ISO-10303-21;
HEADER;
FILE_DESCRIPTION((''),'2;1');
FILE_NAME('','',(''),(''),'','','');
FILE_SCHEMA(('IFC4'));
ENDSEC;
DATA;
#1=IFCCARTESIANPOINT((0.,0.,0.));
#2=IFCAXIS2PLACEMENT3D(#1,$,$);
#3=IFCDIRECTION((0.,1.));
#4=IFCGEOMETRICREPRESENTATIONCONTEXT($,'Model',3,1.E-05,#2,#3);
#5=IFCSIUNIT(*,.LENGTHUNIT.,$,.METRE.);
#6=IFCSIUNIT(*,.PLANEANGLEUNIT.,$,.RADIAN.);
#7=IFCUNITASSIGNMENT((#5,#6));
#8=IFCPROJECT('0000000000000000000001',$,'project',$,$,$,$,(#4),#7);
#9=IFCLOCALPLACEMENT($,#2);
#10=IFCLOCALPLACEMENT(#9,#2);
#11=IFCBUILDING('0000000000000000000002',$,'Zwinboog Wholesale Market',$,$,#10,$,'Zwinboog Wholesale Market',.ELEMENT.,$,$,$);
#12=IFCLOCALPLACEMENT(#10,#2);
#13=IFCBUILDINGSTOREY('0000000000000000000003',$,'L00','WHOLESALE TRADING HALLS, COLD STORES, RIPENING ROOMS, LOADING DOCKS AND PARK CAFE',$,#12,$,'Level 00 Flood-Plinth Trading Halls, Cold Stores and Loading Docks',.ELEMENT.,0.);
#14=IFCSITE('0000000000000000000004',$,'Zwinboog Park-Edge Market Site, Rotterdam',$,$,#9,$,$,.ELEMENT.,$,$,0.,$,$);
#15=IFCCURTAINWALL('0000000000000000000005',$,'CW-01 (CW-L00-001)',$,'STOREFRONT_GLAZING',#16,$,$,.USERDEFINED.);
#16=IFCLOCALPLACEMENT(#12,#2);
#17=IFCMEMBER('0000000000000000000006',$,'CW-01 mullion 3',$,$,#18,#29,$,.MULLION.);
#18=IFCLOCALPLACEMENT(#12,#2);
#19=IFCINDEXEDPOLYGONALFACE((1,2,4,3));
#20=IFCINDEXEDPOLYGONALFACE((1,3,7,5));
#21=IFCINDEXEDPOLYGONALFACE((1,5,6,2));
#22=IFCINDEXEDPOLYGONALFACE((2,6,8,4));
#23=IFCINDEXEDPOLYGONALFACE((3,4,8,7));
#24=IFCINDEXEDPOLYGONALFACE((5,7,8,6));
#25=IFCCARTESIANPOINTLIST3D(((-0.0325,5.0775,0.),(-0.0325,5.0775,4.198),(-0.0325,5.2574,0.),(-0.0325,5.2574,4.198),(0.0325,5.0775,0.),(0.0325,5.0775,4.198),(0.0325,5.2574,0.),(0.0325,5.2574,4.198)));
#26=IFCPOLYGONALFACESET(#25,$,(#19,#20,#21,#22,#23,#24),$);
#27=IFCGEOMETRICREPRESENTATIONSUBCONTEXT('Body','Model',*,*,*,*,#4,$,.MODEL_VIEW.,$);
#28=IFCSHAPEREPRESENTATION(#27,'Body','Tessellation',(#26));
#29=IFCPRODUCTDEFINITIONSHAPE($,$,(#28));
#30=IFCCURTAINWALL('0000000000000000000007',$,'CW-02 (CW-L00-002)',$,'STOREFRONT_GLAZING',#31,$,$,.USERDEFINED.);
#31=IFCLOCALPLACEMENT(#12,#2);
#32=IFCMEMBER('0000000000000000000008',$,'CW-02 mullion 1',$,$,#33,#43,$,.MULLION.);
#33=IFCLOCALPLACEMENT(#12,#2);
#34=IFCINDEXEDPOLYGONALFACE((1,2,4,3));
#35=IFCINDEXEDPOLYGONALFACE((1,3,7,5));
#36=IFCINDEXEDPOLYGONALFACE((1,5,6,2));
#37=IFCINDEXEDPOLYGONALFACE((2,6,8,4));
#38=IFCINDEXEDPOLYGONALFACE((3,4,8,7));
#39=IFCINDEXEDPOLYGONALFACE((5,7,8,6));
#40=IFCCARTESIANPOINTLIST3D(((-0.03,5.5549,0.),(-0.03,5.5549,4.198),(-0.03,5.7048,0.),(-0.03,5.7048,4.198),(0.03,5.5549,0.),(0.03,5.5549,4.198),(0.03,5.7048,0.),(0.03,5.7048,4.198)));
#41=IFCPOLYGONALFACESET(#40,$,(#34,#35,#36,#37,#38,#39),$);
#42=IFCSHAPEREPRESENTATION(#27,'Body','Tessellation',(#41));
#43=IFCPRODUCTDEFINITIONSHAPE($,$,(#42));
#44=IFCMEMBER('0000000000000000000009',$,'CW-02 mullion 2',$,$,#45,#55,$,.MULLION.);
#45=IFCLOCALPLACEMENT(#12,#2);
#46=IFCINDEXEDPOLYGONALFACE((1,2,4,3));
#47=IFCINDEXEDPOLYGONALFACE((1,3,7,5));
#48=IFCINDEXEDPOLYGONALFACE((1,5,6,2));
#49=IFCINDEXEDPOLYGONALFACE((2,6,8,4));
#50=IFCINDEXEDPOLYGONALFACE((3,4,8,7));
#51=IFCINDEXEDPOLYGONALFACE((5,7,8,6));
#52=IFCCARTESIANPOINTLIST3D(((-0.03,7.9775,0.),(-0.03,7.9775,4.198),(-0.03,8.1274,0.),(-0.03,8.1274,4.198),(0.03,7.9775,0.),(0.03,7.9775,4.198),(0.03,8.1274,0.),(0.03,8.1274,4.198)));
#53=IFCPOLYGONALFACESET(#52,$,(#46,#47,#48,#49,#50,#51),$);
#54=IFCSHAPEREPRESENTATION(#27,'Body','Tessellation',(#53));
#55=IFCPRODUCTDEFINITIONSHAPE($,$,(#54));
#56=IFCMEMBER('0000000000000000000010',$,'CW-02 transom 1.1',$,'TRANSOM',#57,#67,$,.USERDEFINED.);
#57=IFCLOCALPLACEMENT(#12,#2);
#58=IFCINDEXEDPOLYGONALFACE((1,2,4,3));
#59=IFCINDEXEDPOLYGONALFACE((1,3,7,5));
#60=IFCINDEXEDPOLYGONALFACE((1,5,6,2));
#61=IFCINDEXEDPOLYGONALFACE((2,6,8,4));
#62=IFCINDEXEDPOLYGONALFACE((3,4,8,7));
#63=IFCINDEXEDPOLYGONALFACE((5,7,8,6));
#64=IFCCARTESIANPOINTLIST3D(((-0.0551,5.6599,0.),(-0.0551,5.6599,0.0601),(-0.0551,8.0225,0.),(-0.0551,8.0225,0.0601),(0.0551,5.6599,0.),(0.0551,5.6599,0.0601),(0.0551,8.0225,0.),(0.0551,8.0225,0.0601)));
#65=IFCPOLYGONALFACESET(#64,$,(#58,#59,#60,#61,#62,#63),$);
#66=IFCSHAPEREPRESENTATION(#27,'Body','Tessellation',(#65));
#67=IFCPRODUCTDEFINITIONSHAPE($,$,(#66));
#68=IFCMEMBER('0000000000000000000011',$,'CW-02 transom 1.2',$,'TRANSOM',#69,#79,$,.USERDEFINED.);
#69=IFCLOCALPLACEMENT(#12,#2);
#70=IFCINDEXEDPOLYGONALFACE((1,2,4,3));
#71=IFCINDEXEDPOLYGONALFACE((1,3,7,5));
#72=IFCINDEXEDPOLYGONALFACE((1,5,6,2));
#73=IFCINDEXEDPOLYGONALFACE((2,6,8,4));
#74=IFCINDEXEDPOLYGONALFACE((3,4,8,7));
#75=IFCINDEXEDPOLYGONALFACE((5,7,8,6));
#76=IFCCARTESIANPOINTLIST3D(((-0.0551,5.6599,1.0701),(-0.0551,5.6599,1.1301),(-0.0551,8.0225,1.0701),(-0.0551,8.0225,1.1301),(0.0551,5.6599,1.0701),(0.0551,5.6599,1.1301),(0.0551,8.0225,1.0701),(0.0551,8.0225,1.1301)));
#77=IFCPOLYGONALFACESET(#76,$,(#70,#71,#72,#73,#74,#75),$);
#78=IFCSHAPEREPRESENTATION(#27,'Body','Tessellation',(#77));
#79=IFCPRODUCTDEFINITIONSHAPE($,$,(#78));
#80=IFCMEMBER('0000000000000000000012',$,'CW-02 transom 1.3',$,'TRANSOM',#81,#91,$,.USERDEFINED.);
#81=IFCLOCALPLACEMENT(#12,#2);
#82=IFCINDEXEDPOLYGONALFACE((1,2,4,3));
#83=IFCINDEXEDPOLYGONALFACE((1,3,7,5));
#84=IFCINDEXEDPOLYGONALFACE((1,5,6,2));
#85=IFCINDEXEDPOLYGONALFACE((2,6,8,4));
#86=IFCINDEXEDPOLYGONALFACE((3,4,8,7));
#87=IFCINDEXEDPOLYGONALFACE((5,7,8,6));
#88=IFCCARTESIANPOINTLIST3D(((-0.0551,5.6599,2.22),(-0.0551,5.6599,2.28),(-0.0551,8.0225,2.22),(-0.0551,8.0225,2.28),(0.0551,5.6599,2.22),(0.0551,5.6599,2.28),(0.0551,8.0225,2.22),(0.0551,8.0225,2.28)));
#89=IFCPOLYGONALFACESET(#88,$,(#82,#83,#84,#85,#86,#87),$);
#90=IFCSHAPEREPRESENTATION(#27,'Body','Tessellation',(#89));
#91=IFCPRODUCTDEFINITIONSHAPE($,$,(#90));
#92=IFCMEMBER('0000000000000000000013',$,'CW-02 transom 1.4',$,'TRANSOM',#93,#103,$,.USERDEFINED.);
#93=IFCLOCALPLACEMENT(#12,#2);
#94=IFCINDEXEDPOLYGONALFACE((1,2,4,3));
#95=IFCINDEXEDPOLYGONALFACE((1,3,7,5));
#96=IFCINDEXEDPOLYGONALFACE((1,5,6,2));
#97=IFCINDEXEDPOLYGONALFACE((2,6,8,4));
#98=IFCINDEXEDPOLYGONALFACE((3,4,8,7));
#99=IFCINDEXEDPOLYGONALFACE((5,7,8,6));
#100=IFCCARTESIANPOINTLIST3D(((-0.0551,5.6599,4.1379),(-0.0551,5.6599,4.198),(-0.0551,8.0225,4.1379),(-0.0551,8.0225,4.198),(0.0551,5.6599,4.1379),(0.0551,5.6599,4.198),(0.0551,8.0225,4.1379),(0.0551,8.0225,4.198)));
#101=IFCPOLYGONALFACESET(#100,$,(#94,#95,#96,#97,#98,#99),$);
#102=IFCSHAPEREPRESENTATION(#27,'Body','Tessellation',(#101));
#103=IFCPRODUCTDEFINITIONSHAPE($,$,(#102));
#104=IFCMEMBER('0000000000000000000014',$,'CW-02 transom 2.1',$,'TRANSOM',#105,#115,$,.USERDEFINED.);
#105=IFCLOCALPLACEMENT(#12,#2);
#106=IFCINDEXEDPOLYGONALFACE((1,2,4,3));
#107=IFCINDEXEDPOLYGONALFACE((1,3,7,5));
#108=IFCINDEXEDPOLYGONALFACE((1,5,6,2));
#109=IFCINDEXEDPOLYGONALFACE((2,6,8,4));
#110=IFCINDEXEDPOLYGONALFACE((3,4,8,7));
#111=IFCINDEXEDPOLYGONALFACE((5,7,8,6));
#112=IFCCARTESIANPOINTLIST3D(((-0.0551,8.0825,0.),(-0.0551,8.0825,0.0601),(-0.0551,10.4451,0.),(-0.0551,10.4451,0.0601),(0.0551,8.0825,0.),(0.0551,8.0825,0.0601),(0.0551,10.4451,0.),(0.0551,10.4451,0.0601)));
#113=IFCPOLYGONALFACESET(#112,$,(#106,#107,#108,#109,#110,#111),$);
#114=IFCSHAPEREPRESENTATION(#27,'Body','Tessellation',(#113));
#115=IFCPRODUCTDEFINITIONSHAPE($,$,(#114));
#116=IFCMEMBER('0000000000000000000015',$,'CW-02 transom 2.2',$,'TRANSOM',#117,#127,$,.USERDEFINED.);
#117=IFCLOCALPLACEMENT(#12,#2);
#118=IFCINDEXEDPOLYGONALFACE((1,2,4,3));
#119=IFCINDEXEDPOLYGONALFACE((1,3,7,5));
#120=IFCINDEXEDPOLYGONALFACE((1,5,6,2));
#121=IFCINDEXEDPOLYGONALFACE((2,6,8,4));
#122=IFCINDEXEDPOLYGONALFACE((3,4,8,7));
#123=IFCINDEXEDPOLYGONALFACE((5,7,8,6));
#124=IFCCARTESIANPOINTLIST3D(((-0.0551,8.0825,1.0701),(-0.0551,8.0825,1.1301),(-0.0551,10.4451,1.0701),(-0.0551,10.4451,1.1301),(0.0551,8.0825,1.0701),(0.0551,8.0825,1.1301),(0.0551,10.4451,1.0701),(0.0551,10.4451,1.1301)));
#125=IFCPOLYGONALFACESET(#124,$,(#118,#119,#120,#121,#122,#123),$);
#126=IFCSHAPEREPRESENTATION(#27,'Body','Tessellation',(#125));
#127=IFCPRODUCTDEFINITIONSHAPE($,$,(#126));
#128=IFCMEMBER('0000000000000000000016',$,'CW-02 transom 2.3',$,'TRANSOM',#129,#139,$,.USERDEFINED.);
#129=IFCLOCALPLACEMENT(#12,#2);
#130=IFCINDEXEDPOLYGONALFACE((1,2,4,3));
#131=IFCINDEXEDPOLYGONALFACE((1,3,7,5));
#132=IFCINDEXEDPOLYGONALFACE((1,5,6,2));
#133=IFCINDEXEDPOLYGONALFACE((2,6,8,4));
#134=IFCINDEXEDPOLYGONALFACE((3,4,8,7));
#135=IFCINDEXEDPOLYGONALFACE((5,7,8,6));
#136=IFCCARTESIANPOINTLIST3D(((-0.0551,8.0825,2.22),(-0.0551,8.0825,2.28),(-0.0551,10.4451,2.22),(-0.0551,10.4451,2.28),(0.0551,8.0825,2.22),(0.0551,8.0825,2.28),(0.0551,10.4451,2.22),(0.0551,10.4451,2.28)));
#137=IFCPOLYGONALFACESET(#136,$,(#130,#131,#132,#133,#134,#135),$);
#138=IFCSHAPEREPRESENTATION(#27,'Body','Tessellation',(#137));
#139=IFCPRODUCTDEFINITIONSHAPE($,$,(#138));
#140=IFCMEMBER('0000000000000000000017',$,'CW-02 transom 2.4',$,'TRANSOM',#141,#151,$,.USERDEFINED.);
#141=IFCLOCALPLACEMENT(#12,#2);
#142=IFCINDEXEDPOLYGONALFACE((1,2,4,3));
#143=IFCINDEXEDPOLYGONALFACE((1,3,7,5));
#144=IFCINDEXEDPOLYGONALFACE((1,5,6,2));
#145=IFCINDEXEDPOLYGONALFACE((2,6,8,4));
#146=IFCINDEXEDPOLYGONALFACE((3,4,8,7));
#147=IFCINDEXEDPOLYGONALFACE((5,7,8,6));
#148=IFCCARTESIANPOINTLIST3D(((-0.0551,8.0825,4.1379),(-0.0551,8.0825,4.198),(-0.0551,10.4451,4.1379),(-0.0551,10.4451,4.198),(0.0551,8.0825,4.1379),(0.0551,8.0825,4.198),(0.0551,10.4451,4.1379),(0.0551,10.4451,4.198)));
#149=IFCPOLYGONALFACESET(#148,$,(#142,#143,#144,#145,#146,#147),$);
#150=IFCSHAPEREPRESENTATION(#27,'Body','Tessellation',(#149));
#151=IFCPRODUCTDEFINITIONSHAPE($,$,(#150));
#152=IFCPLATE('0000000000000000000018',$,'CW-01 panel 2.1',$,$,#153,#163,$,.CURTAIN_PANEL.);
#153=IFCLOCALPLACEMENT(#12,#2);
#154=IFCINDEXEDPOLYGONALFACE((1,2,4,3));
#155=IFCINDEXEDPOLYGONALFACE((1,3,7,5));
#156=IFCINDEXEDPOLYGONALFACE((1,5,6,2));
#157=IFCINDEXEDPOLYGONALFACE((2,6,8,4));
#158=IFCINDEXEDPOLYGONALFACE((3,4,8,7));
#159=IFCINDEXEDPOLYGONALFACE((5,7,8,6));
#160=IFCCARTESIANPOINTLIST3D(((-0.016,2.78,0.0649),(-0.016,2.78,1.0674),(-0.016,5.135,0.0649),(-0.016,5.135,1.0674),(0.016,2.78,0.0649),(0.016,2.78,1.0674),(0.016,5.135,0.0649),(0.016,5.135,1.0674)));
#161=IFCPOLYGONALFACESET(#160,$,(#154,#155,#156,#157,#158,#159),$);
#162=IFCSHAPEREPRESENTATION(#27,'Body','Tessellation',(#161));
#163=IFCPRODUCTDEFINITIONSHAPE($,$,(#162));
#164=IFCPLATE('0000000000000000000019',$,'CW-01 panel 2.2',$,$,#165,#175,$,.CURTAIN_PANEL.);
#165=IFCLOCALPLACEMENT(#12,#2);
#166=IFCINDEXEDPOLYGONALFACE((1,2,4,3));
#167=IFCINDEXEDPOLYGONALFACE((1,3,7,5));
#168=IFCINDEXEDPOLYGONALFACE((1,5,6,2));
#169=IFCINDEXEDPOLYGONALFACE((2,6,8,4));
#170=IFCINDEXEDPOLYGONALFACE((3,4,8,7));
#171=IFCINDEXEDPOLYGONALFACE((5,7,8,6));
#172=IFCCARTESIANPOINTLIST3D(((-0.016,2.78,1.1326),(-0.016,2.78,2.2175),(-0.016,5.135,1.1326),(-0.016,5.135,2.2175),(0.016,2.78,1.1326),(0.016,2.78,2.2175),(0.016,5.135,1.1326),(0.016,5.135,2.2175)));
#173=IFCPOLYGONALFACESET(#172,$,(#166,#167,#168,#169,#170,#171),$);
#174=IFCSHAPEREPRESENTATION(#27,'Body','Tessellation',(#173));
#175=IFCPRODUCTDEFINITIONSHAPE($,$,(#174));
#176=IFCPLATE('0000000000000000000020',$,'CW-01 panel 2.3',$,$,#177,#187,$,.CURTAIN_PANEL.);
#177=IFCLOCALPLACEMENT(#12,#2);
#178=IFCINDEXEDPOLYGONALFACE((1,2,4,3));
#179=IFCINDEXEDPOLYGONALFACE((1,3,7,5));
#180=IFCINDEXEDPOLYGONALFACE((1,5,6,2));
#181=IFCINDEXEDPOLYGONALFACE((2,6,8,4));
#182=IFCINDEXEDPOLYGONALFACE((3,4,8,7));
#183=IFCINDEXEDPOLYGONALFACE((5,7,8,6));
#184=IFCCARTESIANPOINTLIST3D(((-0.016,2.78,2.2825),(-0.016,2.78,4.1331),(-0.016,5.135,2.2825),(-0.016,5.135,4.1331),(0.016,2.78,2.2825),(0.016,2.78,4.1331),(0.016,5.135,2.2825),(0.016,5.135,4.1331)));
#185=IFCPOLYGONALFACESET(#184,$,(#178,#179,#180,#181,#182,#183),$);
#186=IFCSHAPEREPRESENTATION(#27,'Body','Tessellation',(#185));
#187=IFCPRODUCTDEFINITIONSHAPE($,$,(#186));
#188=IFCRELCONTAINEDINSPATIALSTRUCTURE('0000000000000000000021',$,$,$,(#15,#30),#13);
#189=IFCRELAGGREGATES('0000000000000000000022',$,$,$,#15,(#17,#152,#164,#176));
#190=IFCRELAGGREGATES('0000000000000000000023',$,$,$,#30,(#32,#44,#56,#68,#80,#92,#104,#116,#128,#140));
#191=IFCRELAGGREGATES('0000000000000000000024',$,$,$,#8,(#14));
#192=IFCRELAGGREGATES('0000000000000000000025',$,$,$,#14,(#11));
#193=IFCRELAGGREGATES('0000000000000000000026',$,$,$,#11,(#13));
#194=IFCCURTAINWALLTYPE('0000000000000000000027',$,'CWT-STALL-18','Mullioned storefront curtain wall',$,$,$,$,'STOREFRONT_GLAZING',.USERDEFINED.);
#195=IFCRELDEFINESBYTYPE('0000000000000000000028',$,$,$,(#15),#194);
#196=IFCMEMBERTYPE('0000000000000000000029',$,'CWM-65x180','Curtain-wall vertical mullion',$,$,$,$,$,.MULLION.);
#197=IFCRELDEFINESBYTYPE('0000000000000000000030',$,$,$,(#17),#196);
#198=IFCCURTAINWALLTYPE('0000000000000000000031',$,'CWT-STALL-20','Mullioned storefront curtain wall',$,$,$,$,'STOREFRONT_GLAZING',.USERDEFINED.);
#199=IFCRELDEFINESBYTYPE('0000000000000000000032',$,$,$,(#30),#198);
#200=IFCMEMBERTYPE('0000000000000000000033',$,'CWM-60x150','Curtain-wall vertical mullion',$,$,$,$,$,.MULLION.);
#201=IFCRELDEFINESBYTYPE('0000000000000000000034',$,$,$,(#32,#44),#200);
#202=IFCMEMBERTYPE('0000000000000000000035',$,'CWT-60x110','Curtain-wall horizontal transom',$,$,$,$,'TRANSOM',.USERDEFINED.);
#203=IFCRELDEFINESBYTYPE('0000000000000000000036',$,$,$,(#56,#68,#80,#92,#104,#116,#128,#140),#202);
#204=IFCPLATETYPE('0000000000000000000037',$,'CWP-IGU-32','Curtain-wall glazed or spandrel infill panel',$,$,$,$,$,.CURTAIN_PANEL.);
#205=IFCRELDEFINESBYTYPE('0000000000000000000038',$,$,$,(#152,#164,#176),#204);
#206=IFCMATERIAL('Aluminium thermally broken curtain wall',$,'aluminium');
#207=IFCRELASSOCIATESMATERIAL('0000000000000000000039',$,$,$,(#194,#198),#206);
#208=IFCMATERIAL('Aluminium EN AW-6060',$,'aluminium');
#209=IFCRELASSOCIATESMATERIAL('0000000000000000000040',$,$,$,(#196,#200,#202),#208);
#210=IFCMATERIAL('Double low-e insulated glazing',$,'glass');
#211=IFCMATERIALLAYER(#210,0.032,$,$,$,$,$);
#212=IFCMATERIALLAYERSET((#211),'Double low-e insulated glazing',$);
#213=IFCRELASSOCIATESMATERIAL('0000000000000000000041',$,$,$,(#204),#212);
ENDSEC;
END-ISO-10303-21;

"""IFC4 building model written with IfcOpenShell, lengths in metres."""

from ifc_helpers import new_model, si_unit, direction, frame, origin, origin_2d, place, context, subcontext, project, spatial, rectangle, extrude, material, layer, layer_set, material_profile, profile_set, type_object, element, aggregate, save


model = new_model("IFC4")

# Units and contexts
model_context = context("Model", 3, precision=1e-05, world=origin(), true_north=direction((0.0, 1.0)))
body_context = subcontext(model_context, "Body", "Model", "MODEL_VIEW")
ifc_project = project(units=[si_unit("LENGTHUNIT", "METRE"), si_unit("PLANEANGLEUNIT", "RADIAN")], contexts=[model_context])

# Site, building, storey
site_placement = place(None, origin())
site = spatial("IfcSite", under=ifc_project, at=site_placement, Name="Zwinboog Park-Edge Market Site, Rotterdam", CompositionType="ELEMENT", RefElevation=0.0)
building_placement = place(site_placement, origin())
building = spatial("IfcBuilding", under=site, at=building_placement, Name="Zwinboog Wholesale Market", LongName="Zwinboog Wholesale Market", CompositionType="ELEMENT")
storey_placement = place(building_placement, origin())
storey = spatial("IfcBuildingStorey", under=building, at=storey_placement, Name="L00", Description="WHOLESALE TRADING HALLS, COLD STORES, RIPENING ROOMS, LOADING DOCKS AND PARK CAFE", LongName="Level 00 Flood-Plinth Trading Halls, Cold Stores and Loading Docks", CompositionType="ELEMENT", Elevation=0.0)

# Curtain wall, member
ifc_material_1 = material(Name="Aluminium thermally broken curtain wall", Category="aluminium")
curtain_wall_type_1 = type_object("IfcCurtainWallType", Name="CWT-STALL-18", Description="Mullioned storefront curtain wall", ElementType="STOREFRONT_GLAZING", PredefinedType="USERDEFINED", material=ifc_material_1)
curtain_wall_1_placement = place(storey_placement, origin())
curtain_wall_1 = element("IfcCurtainWall", 1, at=curtain_wall_1_placement, inside=storey, type_object=curtain_wall_type_1, Name="CW-01 (CW-L00-001)", ObjectType="STOREFRONT_GLAZING", PredefinedType="USERDEFINED")
ifc_material_2 = material(Name="Aluminium EN AW-6060", Category="aluminium")
ifc_material_profile_1 = material_profile(ifc_material_2, rectangle(XDim=0.0649, YDim=0.1799, at=origin_2d()), Name="AL 65x180")
ifc_profile_set_1 = profile_set([ifc_material_profile_1], Name="Aluminium EN AW-6060")
member_type_1 = type_object("IfcMemberType", Name="CWM-65x180", Description="Curtain-wall vertical mullion", PredefinedType="MULLION", material=ifc_profile_set_1)
member_1_placement = place(storey_placement, frame((0.0, 5.1675, 0.0), z_axis=(0.0, 0.0, 1.0), x_axis=(-1.0, 0.0, 0.0)))
member_1 = element("IfcMember", 2, at=member_1_placement, type_object=member_type_1, Name="CW-01 mullion 3", PredefinedType="MULLION", context=body_context, shape_type="SweptSolid", body=[
    extrude(rectangle(XDim=0.0649, YDim=0.1799, at=origin_2d()), origin(), (0.0, 0.0, 1.0), 4.198),
])

# Curtain wall, members
curtain_wall_type_2 = type_object("IfcCurtainWallType", Name="CWT-STALL-20", Description="Mullioned storefront curtain wall", ElementType="STOREFRONT_GLAZING", PredefinedType="USERDEFINED", material=ifc_material_1)
curtain_wall_2_placement = place(storey_placement, origin())
curtain_wall_2 = element("IfcCurtainWall", 3, at=curtain_wall_2_placement, inside=storey, type_object=curtain_wall_type_2, Name="CW-02 (CW-L00-002)", ObjectType="STOREFRONT_GLAZING", PredefinedType="USERDEFINED")
ifc_material_profile_2 = material_profile(ifc_material_2, rectangle(XDim=0.0601, YDim=0.1499, at=origin_2d()), Name="AL 60x150")
ifc_profile_set_2 = profile_set([ifc_material_profile_2], Name="Aluminium EN AW-6060")
member_type_2 = type_object("IfcMemberType", Name="CWM-60x150", Description="Curtain-wall vertical mullion", PredefinedType="MULLION", material=ifc_profile_set_2)
member_2_placement = place(storey_placement, frame((0.0, 5.6299, 0.0), z_axis=(0.0, 0.0, 1.0), x_axis=(-1.0, 0.0, 0.0)))
member_2 = element("IfcMember", 4, at=member_2_placement, type_object=member_type_2, Name="CW-02 mullion 1", PredefinedType="MULLION", context=body_context, shape_type="SweptSolid", body=[
    extrude(rectangle(XDim=0.0601, YDim=0.1499, at=origin_2d()), origin(), (0.0, 0.0, 1.0), 4.198),
])
member_3_placement = place(storey_placement, frame((0.0, 8.0525, 0.0), z_axis=(0.0, 0.0, 1.0), x_axis=(-1.0, 0.0, 0.0)))
member_3 = element("IfcMember", 5, at=member_3_placement, type_object=member_type_2, Name="CW-02 mullion 2", PredefinedType="MULLION", context=body_context, shape_type="SweptSolid", body=[
    extrude(rectangle(XDim=0.0601, YDim=0.1499, at=origin_2d()), origin(), (0.0, 0.0, 1.0), 4.198),
])
ifc_material_profile_3 = material_profile(ifc_material_2, rectangle(XDim=0.1101, YDim=0.0601, at=origin_2d()), Name="AL 60x110")
ifc_profile_set_3 = profile_set([ifc_material_profile_3], Name="Aluminium EN AW-6060")
member_type_3 = type_object("IfcMemberType", Name="CWT-60x110", Description="Curtain-wall horizontal transom", ElementType="TRANSOM", PredefinedType="USERDEFINED", material=ifc_profile_set_3)
member_4_placement = place(storey_placement, frame((0.0, 5.6599, 0.03), z_axis=(0.0, 1.0, 0.0), x_axis=(-1.0, 0.0, 0.0)))
member_4 = element("IfcMember", 6, at=member_4_placement, type_object=member_type_3, Name="CW-02 transom 1.1", ObjectType="TRANSOM", PredefinedType="USERDEFINED", context=body_context, shape_type="SweptSolid", body=[
    extrude(rectangle(XDim=0.1101, YDim=0.0601, at=origin_2d()), origin(), (0.0, 0.0, 1.0), 2.3625),
])
member_5_placement = place(storey_placement, frame((0.0, 5.6599, 1.1001), z_axis=(0.0, 1.0, 0.0), x_axis=(-1.0, 0.0, 0.0)))
member_5 = element("IfcMember", 7, at=member_5_placement, type_object=member_type_3, Name="CW-02 transom 1.2", ObjectType="TRANSOM", PredefinedType="USERDEFINED", context=body_context, shape_type="SweptSolid", body=[
    extrude(rectangle(XDim=0.1101, YDim=0.0601, at=origin_2d()), origin(), (0.0, 0.0, 1.0), 2.3625),
])
member_6_placement = place(storey_placement, frame((0.0, 5.6599, 2.25), z_axis=(0.0, 1.0, 0.0), x_axis=(-1.0, 0.0, 0.0)))
member_6 = element("IfcMember", 8, at=member_6_placement, type_object=member_type_3, Name="CW-02 transom 1.3", ObjectType="TRANSOM", PredefinedType="USERDEFINED", context=body_context, shape_type="SweptSolid", body=[
    extrude(rectangle(XDim=0.1101, YDim=0.0601, at=origin_2d()), origin(), (0.0, 0.0, 1.0), 2.3625),
])
member_7_placement = place(storey_placement, frame((0.0, 5.6599, 4.168), z_axis=(0.0, 1.0, 0.0), x_axis=(-1.0, 0.0, 0.0)))
member_7 = element("IfcMember", 9, at=member_7_placement, type_object=member_type_3, Name="CW-02 transom 1.4", ObjectType="TRANSOM", PredefinedType="USERDEFINED", context=body_context, shape_type="SweptSolid", body=[
    extrude(rectangle(XDim=0.1101, YDim=0.0601, at=origin_2d()), origin(), (0.0, 0.0, 1.0), 2.3625),
])
member_8_placement = place(storey_placement, frame((0.0, 8.0825, 0.03), z_axis=(0.0, 1.0, 0.0), x_axis=(-1.0, 0.0, 0.0)))
member_8 = element("IfcMember", 10, at=member_8_placement, type_object=member_type_3, Name="CW-02 transom 2.1", ObjectType="TRANSOM", PredefinedType="USERDEFINED", context=body_context, shape_type="SweptSolid", body=[
    extrude(rectangle(XDim=0.1101, YDim=0.0601, at=origin_2d()), origin(), (0.0, 0.0, 1.0), 2.3625),
])
member_9_placement = place(storey_placement, frame((0.0, 8.0825, 1.1001), z_axis=(0.0, 1.0, 0.0), x_axis=(-1.0, 0.0, 0.0)))
member_9 = element("IfcMember", 11, at=member_9_placement, type_object=member_type_3, Name="CW-02 transom 2.2", ObjectType="TRANSOM", PredefinedType="USERDEFINED", context=body_context, shape_type="SweptSolid", body=[
    extrude(rectangle(XDim=0.1101, YDim=0.0601, at=origin_2d()), origin(), (0.0, 0.0, 1.0), 2.3625),
])
member_10_placement = place(storey_placement, frame((0.0, 8.0825, 2.25), z_axis=(0.0, 1.0, 0.0), x_axis=(-1.0, 0.0, 0.0)))
member_10 = element("IfcMember", 12, at=member_10_placement, type_object=member_type_3, Name="CW-02 transom 2.3", ObjectType="TRANSOM", PredefinedType="USERDEFINED", context=body_context, shape_type="SweptSolid", body=[
    extrude(rectangle(XDim=0.1101, YDim=0.0601, at=origin_2d()), origin(), (0.0, 0.0, 1.0), 2.3625),
])
member_11_placement = place(storey_placement, frame((0.0, 8.0825, 4.168), z_axis=(0.0, 1.0, 0.0), x_axis=(-1.0, 0.0, 0.0)))
member_11 = element("IfcMember", 13, at=member_11_placement, type_object=member_type_3, Name="CW-02 transom 2.4", ObjectType="TRANSOM", PredefinedType="USERDEFINED", context=body_context, shape_type="SweptSolid", body=[
    extrude(rectangle(XDim=0.1101, YDim=0.0601, at=origin_2d()), origin(), (0.0, 0.0, 1.0), 2.3625),
])

# Plates
ifc_material_3 = material(Name="Double low-e insulated glazing", Category="glass")
ifc_layer_1 = layer(ifc_material_3, 0.032)
ifc_layer_set_1 = layer_set([ifc_layer_1], Name="Double low-e insulated glazing")
plate_type = type_object("IfcPlateType", Name="CWP-IGU-32", Description="Curtain-wall glazed or spandrel infill panel", PredefinedType="CURTAIN_PANEL", material=ifc_layer_set_1)
plate_1_placement = place(storey_placement, frame((0.0, 3.9575, 0.0649), z_axis=(0.0, 0.0, 1.0), x_axis=(0.0, 1.0, 0.0)))
plate_1 = element("IfcPlate", 14, at=plate_1_placement, type_object=plate_type, Name="CW-01 panel 2.1", PredefinedType="CURTAIN_PANEL", context=body_context, shape_type="SweptSolid", body=[
    extrude(rectangle(XDim=2.355, YDim=0.032, at=origin_2d()), origin(), (0.0, 0.0, 1.0), 1.0024),
])
plate_2_placement = place(storey_placement, frame((0.0, 3.9575, 1.1326), z_axis=(0.0, 0.0, 1.0), x_axis=(0.0, 1.0, 0.0)))
plate_2 = element("IfcPlate", 15, at=plate_2_placement, type_object=plate_type, Name="CW-01 panel 2.2", PredefinedType="CURTAIN_PANEL", context=body_context, shape_type="SweptSolid", body=[
    extrude(rectangle(XDim=2.355, YDim=0.032, at=origin_2d()), origin(), (0.0, 0.0, 1.0), 1.085),
])
plate_3_placement = place(storey_placement, frame((0.0, 3.9575, 2.2825), z_axis=(0.0, 0.0, 1.0), x_axis=(0.0, 1.0, 0.0)))
plate_3 = element("IfcPlate", 16, at=plate_3_placement, type_object=plate_type, Name="CW-01 panel 2.3", PredefinedType="CURTAIN_PANEL", context=body_context, shape_type="SweptSolid", body=[
    extrude(rectangle(XDim=2.355, YDim=0.032, at=origin_2d()), origin(), (0.0, 0.0, 1.0), 1.8506),
])
aggregate(curtain_wall_1, [member_1, plate_1, plate_2, plate_3])
aggregate(curtain_wall_2, [member_2, member_3, member_4, member_5, member_6, member_7, member_8, member_9, member_10, member_11])

save(model, "model.ifc")
